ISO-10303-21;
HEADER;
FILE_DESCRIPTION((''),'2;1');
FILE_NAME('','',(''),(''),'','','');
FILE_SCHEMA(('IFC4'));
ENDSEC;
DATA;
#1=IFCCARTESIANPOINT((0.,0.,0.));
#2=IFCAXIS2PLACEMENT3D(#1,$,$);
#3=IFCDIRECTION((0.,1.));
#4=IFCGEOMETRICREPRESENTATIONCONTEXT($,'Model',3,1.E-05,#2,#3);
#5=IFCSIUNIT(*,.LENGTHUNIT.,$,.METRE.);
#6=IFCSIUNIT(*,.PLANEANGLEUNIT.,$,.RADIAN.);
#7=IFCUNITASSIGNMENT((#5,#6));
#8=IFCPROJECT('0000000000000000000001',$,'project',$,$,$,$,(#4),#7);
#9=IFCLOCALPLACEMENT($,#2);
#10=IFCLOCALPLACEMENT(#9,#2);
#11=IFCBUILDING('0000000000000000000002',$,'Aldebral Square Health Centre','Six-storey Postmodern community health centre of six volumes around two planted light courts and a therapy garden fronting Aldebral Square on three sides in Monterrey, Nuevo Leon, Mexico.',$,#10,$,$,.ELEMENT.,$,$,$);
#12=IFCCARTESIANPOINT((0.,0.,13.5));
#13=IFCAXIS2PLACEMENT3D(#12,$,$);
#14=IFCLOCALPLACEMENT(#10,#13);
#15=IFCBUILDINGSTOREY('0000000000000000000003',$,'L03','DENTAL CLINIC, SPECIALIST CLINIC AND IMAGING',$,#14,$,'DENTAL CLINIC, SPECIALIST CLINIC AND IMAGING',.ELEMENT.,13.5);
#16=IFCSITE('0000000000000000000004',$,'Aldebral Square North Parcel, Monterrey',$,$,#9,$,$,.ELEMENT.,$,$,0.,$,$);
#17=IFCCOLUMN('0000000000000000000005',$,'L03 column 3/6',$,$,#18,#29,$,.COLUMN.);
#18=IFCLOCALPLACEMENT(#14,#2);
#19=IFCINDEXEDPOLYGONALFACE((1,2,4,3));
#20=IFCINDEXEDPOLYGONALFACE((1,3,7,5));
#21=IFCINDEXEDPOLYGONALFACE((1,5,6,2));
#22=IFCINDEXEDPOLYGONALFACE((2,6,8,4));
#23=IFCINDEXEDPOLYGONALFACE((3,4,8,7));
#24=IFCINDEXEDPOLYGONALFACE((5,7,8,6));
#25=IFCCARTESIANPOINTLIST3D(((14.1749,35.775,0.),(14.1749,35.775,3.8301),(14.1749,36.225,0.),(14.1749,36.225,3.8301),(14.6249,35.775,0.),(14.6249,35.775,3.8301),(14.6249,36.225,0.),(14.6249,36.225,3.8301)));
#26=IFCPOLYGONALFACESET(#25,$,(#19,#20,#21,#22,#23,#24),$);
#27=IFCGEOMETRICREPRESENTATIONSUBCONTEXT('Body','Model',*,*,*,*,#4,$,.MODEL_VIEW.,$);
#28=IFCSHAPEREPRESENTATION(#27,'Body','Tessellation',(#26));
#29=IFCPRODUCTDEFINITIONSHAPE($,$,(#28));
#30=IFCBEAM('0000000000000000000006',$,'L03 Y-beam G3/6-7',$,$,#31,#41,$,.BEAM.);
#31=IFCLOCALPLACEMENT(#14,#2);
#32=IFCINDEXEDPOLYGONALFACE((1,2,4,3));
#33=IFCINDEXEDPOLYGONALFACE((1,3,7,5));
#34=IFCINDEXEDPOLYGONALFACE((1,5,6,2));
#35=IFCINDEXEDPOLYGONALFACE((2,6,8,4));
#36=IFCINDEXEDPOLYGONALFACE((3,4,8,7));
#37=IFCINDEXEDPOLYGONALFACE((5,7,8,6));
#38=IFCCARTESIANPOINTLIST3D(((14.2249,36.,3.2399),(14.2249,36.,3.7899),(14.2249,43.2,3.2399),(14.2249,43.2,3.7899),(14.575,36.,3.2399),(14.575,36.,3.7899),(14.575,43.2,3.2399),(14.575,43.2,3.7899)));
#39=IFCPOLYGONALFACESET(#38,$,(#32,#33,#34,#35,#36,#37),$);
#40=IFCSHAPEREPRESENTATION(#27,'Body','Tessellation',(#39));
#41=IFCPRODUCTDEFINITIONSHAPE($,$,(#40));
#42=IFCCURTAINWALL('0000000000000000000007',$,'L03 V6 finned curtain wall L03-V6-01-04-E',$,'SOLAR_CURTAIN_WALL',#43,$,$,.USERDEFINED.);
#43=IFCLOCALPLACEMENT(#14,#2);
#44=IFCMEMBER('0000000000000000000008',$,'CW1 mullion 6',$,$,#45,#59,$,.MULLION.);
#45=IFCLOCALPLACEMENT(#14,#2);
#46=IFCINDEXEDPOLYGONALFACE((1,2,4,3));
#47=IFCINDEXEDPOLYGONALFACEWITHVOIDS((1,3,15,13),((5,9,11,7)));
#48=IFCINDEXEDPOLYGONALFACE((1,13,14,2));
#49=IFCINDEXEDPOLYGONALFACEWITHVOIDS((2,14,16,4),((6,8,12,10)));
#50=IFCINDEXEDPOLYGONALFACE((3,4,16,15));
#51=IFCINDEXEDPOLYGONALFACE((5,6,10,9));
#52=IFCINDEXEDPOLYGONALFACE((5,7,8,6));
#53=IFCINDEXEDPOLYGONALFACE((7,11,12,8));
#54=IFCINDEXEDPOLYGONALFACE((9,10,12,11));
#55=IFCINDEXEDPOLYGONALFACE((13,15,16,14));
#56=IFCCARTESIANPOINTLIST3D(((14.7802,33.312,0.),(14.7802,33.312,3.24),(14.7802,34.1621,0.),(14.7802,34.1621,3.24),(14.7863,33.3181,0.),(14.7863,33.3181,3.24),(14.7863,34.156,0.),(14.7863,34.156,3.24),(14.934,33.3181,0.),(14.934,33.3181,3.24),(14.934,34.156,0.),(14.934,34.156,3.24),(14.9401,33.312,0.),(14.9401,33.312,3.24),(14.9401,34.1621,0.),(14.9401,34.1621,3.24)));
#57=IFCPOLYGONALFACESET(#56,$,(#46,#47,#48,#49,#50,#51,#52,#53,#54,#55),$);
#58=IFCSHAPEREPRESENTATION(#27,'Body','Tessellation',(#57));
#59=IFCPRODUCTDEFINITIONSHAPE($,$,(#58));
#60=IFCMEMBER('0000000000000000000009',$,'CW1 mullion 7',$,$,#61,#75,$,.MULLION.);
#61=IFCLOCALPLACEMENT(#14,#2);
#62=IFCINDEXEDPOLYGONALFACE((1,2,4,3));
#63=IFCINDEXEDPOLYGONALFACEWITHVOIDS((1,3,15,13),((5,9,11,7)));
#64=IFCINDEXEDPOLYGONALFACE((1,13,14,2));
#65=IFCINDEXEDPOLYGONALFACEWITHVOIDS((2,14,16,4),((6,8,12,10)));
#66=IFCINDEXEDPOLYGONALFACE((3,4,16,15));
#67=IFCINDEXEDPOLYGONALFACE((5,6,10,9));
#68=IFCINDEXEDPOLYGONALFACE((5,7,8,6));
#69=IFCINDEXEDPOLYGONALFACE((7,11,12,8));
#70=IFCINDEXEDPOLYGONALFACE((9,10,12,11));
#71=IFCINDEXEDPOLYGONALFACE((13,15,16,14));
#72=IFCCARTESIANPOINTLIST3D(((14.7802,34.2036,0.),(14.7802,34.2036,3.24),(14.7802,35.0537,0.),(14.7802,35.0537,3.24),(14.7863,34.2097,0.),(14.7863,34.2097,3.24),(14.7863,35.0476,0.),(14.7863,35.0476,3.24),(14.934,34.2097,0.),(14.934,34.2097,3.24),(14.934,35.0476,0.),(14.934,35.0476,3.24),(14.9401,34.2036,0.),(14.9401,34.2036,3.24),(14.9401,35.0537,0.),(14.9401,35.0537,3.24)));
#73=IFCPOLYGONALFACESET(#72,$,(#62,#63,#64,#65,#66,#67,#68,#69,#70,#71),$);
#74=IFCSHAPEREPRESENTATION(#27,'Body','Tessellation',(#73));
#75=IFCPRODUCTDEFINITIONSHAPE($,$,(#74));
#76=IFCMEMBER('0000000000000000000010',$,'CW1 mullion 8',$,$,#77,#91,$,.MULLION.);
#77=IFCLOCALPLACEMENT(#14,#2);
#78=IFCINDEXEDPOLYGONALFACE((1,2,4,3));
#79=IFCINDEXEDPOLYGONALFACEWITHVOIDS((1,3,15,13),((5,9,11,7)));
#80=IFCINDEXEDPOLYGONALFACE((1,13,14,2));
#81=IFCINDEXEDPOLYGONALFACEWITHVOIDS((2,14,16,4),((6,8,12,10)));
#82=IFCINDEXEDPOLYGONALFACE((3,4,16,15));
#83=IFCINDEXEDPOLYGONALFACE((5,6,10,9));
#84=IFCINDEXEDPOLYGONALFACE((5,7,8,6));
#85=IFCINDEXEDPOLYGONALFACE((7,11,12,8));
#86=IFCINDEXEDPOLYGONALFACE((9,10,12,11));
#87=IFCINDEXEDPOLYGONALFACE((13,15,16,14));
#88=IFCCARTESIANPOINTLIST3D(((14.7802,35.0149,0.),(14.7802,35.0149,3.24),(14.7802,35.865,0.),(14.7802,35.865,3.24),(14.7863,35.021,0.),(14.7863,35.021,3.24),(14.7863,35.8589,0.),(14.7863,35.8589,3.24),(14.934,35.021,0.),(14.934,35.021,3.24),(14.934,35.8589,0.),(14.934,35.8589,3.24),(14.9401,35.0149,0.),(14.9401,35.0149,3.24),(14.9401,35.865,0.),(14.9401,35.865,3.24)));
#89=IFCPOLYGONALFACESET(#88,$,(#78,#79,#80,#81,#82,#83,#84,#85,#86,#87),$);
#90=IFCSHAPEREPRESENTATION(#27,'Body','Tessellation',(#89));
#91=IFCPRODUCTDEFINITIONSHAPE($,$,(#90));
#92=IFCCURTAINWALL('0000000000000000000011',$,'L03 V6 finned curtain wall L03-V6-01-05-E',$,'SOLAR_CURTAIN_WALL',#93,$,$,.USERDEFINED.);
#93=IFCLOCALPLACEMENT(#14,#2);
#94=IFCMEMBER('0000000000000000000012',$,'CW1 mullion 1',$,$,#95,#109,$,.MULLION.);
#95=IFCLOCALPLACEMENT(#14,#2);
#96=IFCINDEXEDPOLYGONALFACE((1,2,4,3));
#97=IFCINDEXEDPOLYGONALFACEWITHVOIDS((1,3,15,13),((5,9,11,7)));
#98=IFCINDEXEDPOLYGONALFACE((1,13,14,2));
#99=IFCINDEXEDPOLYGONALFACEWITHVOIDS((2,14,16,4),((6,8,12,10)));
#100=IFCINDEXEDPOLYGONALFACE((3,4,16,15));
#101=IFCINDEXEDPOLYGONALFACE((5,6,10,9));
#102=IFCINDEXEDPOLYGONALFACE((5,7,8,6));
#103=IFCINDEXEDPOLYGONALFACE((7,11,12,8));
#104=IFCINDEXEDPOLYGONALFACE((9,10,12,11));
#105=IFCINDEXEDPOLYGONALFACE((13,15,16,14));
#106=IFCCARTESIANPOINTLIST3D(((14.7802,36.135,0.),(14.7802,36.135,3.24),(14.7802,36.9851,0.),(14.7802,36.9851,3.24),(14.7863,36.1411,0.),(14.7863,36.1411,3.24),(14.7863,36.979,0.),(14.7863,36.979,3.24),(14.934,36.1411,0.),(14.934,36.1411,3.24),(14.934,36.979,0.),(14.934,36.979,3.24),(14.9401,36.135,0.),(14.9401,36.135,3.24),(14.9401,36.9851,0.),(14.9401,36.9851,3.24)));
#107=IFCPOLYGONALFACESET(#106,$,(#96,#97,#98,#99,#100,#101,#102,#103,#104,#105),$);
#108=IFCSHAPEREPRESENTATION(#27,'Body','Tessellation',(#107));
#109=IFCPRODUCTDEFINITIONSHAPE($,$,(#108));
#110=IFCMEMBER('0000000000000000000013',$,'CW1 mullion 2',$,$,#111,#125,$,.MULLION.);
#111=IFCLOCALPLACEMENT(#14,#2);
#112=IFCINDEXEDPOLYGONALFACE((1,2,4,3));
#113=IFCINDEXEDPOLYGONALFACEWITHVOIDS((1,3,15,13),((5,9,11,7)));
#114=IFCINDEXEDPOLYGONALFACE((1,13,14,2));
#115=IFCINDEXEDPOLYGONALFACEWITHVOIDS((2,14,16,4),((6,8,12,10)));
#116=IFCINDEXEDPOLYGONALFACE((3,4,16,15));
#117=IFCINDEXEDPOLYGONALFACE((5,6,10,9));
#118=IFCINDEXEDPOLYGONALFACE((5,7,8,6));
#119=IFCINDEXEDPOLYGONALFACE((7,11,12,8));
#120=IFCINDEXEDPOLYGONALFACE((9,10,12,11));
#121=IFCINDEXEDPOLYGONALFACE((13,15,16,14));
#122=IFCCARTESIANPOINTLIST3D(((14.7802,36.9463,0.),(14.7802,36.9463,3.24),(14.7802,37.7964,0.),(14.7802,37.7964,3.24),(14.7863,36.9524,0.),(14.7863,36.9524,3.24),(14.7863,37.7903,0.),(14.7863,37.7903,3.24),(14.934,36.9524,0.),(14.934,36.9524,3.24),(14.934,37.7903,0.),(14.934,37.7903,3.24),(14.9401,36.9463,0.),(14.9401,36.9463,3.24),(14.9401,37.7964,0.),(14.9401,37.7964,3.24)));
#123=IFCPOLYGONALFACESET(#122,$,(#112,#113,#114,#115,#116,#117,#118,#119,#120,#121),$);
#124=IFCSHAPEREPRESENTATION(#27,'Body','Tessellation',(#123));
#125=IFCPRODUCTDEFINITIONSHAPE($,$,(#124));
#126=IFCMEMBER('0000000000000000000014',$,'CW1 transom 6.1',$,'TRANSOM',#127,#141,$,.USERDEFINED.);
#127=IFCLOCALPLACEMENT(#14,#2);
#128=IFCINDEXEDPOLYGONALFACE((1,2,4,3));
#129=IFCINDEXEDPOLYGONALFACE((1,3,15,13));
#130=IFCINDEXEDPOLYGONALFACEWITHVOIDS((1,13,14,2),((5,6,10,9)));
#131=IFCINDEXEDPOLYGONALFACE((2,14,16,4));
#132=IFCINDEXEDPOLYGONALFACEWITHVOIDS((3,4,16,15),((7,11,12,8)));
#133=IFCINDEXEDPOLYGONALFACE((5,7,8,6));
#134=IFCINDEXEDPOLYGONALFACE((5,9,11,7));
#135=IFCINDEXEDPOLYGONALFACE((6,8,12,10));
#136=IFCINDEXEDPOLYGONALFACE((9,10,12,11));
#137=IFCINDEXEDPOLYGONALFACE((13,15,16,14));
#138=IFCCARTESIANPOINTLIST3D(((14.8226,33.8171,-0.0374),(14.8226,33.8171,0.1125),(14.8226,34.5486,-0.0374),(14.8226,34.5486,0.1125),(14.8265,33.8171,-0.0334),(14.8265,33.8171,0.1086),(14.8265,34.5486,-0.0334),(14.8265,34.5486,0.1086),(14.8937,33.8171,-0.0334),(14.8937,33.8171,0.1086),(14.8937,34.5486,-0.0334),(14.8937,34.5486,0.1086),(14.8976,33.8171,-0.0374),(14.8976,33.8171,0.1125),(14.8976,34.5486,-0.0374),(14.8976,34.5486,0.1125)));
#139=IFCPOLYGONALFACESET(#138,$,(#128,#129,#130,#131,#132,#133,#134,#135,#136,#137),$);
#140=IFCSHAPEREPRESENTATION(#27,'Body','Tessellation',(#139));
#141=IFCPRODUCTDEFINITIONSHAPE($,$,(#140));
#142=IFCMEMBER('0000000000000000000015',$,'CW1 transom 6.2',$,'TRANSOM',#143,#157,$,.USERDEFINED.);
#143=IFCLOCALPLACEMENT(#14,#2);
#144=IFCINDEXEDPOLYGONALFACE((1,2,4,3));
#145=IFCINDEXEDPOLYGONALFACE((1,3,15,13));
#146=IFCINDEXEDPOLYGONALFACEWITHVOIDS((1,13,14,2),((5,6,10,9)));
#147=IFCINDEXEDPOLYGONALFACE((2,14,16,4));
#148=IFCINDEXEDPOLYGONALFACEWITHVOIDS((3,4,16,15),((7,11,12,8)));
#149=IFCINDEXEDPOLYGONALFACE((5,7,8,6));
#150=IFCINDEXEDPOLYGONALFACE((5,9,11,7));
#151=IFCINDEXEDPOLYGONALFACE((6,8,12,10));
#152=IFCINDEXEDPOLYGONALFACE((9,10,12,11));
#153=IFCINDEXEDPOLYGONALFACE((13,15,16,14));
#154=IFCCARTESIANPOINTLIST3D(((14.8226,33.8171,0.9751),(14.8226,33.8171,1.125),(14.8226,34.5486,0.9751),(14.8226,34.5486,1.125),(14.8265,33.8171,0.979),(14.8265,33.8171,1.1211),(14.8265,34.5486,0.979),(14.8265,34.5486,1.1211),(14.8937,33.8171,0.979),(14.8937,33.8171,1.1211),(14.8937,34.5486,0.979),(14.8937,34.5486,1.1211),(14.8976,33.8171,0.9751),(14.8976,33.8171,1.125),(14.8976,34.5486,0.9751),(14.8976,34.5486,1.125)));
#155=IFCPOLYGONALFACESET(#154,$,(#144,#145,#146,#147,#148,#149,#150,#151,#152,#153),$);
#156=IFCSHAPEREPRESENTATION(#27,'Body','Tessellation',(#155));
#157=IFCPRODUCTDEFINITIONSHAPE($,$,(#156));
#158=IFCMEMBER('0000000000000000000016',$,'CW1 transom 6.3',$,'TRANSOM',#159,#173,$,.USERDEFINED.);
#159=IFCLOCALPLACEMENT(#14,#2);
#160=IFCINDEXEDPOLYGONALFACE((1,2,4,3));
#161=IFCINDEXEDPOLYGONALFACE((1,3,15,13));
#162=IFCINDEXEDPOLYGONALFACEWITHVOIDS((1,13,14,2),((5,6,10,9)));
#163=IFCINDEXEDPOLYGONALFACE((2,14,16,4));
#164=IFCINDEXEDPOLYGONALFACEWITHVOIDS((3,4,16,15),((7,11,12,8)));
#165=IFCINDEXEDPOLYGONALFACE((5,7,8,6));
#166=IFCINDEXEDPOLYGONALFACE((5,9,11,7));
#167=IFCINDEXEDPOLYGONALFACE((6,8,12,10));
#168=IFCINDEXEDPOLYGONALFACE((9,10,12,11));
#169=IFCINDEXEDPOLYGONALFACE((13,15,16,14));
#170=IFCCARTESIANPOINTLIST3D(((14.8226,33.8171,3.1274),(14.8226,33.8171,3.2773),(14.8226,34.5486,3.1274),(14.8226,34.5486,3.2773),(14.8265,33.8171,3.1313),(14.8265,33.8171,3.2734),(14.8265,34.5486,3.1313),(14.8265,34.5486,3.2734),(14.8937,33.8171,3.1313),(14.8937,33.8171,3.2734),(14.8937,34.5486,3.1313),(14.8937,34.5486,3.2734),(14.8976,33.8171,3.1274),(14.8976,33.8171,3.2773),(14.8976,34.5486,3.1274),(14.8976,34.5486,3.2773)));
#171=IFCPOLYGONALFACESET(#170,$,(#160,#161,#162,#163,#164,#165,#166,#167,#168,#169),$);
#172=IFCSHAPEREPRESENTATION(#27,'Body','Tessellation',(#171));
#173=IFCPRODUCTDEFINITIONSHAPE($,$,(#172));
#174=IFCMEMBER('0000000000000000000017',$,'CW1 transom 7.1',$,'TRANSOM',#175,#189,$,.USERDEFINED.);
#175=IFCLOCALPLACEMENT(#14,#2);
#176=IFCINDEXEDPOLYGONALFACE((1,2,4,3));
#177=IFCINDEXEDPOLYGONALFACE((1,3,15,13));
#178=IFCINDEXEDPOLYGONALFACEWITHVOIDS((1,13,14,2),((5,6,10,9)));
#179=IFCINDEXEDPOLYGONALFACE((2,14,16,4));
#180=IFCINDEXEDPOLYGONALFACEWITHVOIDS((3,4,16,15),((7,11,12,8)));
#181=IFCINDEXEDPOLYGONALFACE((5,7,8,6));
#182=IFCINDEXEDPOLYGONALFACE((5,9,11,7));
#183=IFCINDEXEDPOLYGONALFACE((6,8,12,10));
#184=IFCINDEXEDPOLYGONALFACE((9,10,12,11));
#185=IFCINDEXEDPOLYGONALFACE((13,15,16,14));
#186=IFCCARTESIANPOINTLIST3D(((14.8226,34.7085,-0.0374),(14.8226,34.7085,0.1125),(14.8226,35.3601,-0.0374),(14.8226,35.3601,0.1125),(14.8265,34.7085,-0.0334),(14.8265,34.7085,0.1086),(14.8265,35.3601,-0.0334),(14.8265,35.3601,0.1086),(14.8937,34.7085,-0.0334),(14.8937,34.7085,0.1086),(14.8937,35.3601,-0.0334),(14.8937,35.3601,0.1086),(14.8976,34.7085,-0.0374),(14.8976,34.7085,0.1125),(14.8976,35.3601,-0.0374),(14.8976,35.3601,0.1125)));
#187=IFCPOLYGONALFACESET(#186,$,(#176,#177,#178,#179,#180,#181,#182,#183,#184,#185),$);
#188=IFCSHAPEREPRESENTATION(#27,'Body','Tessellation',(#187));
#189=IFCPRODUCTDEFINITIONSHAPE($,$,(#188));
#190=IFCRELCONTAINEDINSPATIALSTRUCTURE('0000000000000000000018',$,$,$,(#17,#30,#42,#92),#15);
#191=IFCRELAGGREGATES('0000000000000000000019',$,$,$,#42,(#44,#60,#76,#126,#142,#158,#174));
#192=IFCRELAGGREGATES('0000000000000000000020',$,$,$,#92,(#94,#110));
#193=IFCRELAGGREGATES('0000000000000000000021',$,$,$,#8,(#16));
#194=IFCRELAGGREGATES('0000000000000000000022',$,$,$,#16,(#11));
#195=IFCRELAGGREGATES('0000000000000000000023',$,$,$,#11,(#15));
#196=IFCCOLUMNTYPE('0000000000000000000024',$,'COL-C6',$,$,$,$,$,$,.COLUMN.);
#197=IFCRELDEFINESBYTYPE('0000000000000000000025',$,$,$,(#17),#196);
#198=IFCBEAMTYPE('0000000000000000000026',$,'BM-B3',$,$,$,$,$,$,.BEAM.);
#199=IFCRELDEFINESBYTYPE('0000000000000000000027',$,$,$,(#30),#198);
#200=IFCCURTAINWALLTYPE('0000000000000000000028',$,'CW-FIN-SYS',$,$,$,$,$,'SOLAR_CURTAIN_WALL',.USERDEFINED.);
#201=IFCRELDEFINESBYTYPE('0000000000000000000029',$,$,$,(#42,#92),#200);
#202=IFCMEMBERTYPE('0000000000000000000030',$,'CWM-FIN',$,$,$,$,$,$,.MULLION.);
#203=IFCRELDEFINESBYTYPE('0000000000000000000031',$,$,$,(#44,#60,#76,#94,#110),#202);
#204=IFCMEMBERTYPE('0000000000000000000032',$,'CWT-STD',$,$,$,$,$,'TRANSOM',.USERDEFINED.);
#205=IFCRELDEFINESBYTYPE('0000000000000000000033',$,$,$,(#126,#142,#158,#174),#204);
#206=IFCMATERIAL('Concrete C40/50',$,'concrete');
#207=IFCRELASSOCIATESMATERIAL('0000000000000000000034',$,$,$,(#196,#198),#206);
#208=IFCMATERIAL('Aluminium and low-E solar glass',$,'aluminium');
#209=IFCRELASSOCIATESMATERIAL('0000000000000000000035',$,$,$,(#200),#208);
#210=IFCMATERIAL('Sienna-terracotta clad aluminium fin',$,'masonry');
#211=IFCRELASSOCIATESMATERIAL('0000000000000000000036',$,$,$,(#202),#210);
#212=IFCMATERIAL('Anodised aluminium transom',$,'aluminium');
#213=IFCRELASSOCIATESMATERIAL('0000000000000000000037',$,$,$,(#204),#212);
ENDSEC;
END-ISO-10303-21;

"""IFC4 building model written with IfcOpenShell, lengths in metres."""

from ifc_helpers import new_model, si_unit, direction, frame, origin, origin_2d, place, context, subcontext, project, spatial, rectangle, hollow_rectangle, extrude, material, material_profile, profile_set, type_object, element, aggregate, save


model = new_model("IFC4")

# Units and contexts
model_context = context("Model", 3, precision=1e-05, world=origin(), true_north=direction((0.0, 1.0)))
body_context = subcontext(model_context, "Body", "Model", "MODEL_VIEW")
ifc_project = project(units=[si_unit("LENGTHUNIT", "METRE"), si_unit("PLANEANGLEUNIT", "RADIAN")], contexts=[model_context])

# Site, building, storey
site_placement = place(None, origin())
site = spatial("IfcSite", under=ifc_project, at=site_placement, Name="Aldebral Square North Parcel, Monterrey", CompositionType="ELEMENT", RefElevation=0.0)
building_placement = place(site_placement, origin())
building = spatial("IfcBuilding", under=site, at=building_placement, Name="Aldebral Square Health Centre", Description="Six-storey Postmodern community health centre of six volumes around two planted light courts and a therapy garden fronting Aldebral Square on three sides in Monterrey, Nuevo Leon, Mexico.", CompositionType="ELEMENT")
storey_placement = place(building_placement, frame((0.0, 0.0, 13.5)))
storey = spatial("IfcBuildingStorey", under=building, at=storey_placement, Name="L03", Description="DENTAL CLINIC, SPECIALIST CLINIC AND IMAGING", LongName="DENTAL CLINIC, SPECIALIST CLINIC AND IMAGING", CompositionType="ELEMENT", Elevation=13.5)

# Column
ifc_material_1 = material(Name="Concrete C40/50", Category="concrete")
ifc_material_profile_1 = material_profile(ifc_material_1, rectangle(XDim=0.45, YDim=0.45, at=origin_2d()), Name="RC 450x450")
ifc_profile_set_1 = profile_set([ifc_material_profile_1], Name="Concrete C40/50")
column_type = type_object("IfcColumnType", Name="COL-C6", PredefinedType="COLUMN", material=ifc_profile_set_1)
column_placement = place(storey_placement, frame((14.3999, 36.0, 0.0), z_axis=(0.0, 0.0, 1.0), x_axis=(1.0, 0.0, 0.0)))
element("IfcColumn", 1, at=column_placement, inside=storey, type_object=column_type, Name="L03 column 3/6", PredefinedType="COLUMN", context=body_context, shape_type="SweptSolid", body=[
    extrude(rectangle(XDim=0.45, YDim=0.45, at=origin_2d()), origin(), (0.0, 0.0, 1.0), 3.8301),
])

# Beam
ifc_material_profile_2 = material_profile(ifc_material_1, rectangle(XDim=0.3501, YDim=0.55, at=origin_2d()), Name="RC 350x550")
ifc_profile_set_2 = profile_set([ifc_material_profile_2], Name="Concrete C40/50")
beam_type = type_object("IfcBeamType", Name="BM-B3", PredefinedType="BEAM", material=ifc_profile_set_2)
beam_placement = place(storey_placement, frame((14.3999, 36.0, 3.5149), z_axis=(0.0, 1.0, 0.0), x_axis=(-1.0, 0.0, 0.0)))
element("IfcBeam", 2, at=beam_placement, inside=storey, type_object=beam_type, Name="L03 Y-beam G3/6-7", PredefinedType="BEAM", context=body_context, shape_type="SweptSolid", body=[
    extrude(rectangle(XDim=0.3501, YDim=0.55, at=origin_2d()), origin(), (0.0, 0.0, 1.0), 7.2),
])

# Curtain walls, members
ifc_material_2 = material(Name="Aluminium and low-E solar glass", Category="aluminium")
curtain_wall_type = type_object("IfcCurtainWallType", Name="CW-FIN-SYS", ElementType="SOLAR_CURTAIN_WALL", PredefinedType="USERDEFINED", material=ifc_material_2)
curtain_wall_1_placement = place(storey_placement, origin())
curtain_wall_1 = element("IfcCurtainWall", 3, at=curtain_wall_1_placement, inside=storey, type_object=curtain_wall_type, Name="L03 V6 finned curtain wall L03-V6-01-04-E", ObjectType="SOLAR_CURTAIN_WALL", PredefinedType="USERDEFINED")
ifc_material_3 = material(Name="Sienna-terracotta clad aluminium fin", Category="masonry")
ifc_material_profile_3 = material_profile(ifc_material_3, hollow_rectangle(XDim=0.1599, YDim=0.8501, WallThickness=0.0061, at=origin_2d()), Name="FIN 160x850x6")
ifc_profile_set_3 = profile_set([ifc_material_profile_3], Name="Sienna-terracotta clad aluminium fin")
member_type_1 = type_object("IfcMemberType", Name="CWM-FIN", PredefinedType="MULLION", material=ifc_profile_set_3)
member_1_placement = place(storey_placement, frame((14.8601, 33.7371, 0.0), z_axis=(0.0, 0.0, 1.0), x_axis=(-1.0, 0.0, 0.0)))
member_1 = element("IfcMember", 4, at=member_1_placement, type_object=member_type_1, Name="CW1 mullion 6", PredefinedType="MULLION", context=body_context, shape_type="SweptSolid", body=[
    extrude(hollow_rectangle(XDim=0.1599, YDim=0.8501, WallThickness=0.0061, at=origin_2d()), origin(), (0.0, 0.0, 1.0), 3.24),
])
member_2_placement = place(storey_placement, frame((14.8601, 34.6287, 0.0), z_axis=(0.0, 0.0, 1.0), x_axis=(-1.0, 0.0, 0.0)))
member_2 = element("IfcMember", 5, at=member_2_placement, type_object=member_type_1, Name="CW1 mullion 7", PredefinedType="MULLION", context=body_context, shape_type="SweptSolid", body=[
    extrude(hollow_rectangle(XDim=0.1599, YDim=0.8501, WallThickness=0.0061, at=origin_2d()), origin(), (0.0, 0.0, 1.0), 3.24),
])
member_3_placement = place(storey_placement, frame((14.8601, 35.4399, 0.0), z_axis=(0.0, 0.0, 1.0), x_axis=(-1.0, 0.0, 0.0)))
member_3 = element("IfcMember", 6, at=member_3_placement, type_object=member_type_1, Name="CW1 mullion 8", PredefinedType="MULLION", context=body_context, shape_type="SweptSolid", body=[
    extrude(hollow_rectangle(XDim=0.1599, YDim=0.8501, WallThickness=0.0061, at=origin_2d()), origin(), (0.0, 0.0, 1.0), 3.24),
])
curtain_wall_2_placement = place(storey_placement, origin())
curtain_wall_2 = element("IfcCurtainWall", 7, at=curtain_wall_2_placement, inside=storey, type_object=curtain_wall_type, Name="L03 V6 finned curtain wall L03-V6-01-05-E", ObjectType="SOLAR_CURTAIN_WALL", PredefinedType="USERDEFINED")
member_4_placement = place(storey_placement, frame((14.8601, 36.5601, 0.0), z_axis=(0.0, 0.0, 1.0), x_axis=(-1.0, 0.0, 0.0)))
member_4 = element("IfcMember", 8, at=member_4_placement, type_object=member_type_1, Name="CW1 mullion 1", PredefinedType="MULLION", context=body_context, shape_type="SweptSolid", body=[
    extrude(hollow_rectangle(XDim=0.1599, YDim=0.8501, WallThickness=0.0061, at=origin_2d()), origin(), (0.0, 0.0, 1.0), 3.24),
])
member_5_placement = place(storey_placement, frame((14.8601, 37.3713, 0.0), z_axis=(0.0, 0.0, 1.0), x_axis=(-1.0, 0.0, 0.0)))
member_5 = element("IfcMember", 9, at=member_5_placement, type_object=member_type_1, Name="CW1 mullion 2", PredefinedType="MULLION", context=body_context, shape_type="SweptSolid", body=[
    extrude(hollow_rectangle(XDim=0.1599, YDim=0.8501, WallThickness=0.0061, at=origin_2d()), origin(), (0.0, 0.0, 1.0), 3.24),
])

# Members
ifc_material_4 = material(Name="Anodised aluminium transom", Category="aluminium")
ifc_material_profile_4 = material_profile(ifc_material_4, hollow_rectangle(XDim=0.075, YDim=0.1499, WallThickness=0.0039, at=origin_2d()), Name="CWT 75x150x4")
ifc_profile_set_4 = profile_set([ifc_material_profile_4], Name="Anodised aluminium transom")
member_type_2 = type_object("IfcMemberType", Name="CWT-STD", ElementType="TRANSOM", PredefinedType="USERDEFINED", material=ifc_profile_set_4)
member_6_placement = place(storey_placement, frame((14.8601, 33.8171, 0.0376), z_axis=(0.0, 1.0, 0.0), x_axis=(-1.0, 0.0, 0.0)))
member_6 = element("IfcMember", 10, at=member_6_placement, type_object=member_type_2, Name="CW1 transom 6.1", ObjectType="TRANSOM", PredefinedType="USERDEFINED", context=body_context, shape_type="SweptSolid", body=[
    extrude(hollow_rectangle(XDim=0.075, YDim=0.1499, WallThickness=0.0039, at=origin_2d()), origin(), (0.0, 0.0, 1.0), 0.7314),
])
member_7_placement = place(storey_placement, frame((14.8601, 33.8171, 1.05), z_axis=(0.0, 1.0, 0.0), x_axis=(-1.0, 0.0, 0.0)))
member_7 = element("IfcMember", 11, at=member_7_placement, type_object=member_type_2, Name="CW1 transom 6.2", ObjectType="TRANSOM", PredefinedType="USERDEFINED", context=body_context, shape_type="SweptSolid", body=[
    extrude(hollow_rectangle(XDim=0.075, YDim=0.1499, WallThickness=0.0039, at=origin_2d()), origin(), (0.0, 0.0, 1.0), 0.7314),
])
member_8_placement = place(storey_placement, frame((14.8601, 33.8171, 3.2024), z_axis=(0.0, 1.0, 0.0), x_axis=(-1.0, 0.0, 0.0)))
member_8 = element("IfcMember", 12, at=member_8_placement, type_object=member_type_2, Name="CW1 transom 6.3", ObjectType="TRANSOM", PredefinedType="USERDEFINED", context=body_context, shape_type="SweptSolid", body=[
    extrude(hollow_rectangle(XDim=0.075, YDim=0.1499, WallThickness=0.0039, at=origin_2d()), origin(), (0.0, 0.0, 1.0), 0.7314),
])
member_9_placement = place(storey_placement, frame((14.8601, 34.7085, 0.0376), z_axis=(0.0, 1.0, 0.0), x_axis=(-1.0, 0.0, 0.0)))
member_9 = element("IfcMember", 13, at=member_9_placement, type_object=member_type_2, Name="CW1 transom 7.1", ObjectType="TRANSOM", PredefinedType="USERDEFINED", context=body_context, shape_type="SweptSolid", body=[
    extrude(hollow_rectangle(XDim=0.075, YDim=0.1499, WallThickness=0.0039, at=origin_2d()), origin(), (0.0, 0.0, 1.0), 0.6516),
])

aggregate(curtain_wall_1, [member_1, member_2, member_3, member_6, member_7, member_8, member_9])
aggregate(curtain_wall_2, [member_4, member_5])

save(model, "model.ifc")
